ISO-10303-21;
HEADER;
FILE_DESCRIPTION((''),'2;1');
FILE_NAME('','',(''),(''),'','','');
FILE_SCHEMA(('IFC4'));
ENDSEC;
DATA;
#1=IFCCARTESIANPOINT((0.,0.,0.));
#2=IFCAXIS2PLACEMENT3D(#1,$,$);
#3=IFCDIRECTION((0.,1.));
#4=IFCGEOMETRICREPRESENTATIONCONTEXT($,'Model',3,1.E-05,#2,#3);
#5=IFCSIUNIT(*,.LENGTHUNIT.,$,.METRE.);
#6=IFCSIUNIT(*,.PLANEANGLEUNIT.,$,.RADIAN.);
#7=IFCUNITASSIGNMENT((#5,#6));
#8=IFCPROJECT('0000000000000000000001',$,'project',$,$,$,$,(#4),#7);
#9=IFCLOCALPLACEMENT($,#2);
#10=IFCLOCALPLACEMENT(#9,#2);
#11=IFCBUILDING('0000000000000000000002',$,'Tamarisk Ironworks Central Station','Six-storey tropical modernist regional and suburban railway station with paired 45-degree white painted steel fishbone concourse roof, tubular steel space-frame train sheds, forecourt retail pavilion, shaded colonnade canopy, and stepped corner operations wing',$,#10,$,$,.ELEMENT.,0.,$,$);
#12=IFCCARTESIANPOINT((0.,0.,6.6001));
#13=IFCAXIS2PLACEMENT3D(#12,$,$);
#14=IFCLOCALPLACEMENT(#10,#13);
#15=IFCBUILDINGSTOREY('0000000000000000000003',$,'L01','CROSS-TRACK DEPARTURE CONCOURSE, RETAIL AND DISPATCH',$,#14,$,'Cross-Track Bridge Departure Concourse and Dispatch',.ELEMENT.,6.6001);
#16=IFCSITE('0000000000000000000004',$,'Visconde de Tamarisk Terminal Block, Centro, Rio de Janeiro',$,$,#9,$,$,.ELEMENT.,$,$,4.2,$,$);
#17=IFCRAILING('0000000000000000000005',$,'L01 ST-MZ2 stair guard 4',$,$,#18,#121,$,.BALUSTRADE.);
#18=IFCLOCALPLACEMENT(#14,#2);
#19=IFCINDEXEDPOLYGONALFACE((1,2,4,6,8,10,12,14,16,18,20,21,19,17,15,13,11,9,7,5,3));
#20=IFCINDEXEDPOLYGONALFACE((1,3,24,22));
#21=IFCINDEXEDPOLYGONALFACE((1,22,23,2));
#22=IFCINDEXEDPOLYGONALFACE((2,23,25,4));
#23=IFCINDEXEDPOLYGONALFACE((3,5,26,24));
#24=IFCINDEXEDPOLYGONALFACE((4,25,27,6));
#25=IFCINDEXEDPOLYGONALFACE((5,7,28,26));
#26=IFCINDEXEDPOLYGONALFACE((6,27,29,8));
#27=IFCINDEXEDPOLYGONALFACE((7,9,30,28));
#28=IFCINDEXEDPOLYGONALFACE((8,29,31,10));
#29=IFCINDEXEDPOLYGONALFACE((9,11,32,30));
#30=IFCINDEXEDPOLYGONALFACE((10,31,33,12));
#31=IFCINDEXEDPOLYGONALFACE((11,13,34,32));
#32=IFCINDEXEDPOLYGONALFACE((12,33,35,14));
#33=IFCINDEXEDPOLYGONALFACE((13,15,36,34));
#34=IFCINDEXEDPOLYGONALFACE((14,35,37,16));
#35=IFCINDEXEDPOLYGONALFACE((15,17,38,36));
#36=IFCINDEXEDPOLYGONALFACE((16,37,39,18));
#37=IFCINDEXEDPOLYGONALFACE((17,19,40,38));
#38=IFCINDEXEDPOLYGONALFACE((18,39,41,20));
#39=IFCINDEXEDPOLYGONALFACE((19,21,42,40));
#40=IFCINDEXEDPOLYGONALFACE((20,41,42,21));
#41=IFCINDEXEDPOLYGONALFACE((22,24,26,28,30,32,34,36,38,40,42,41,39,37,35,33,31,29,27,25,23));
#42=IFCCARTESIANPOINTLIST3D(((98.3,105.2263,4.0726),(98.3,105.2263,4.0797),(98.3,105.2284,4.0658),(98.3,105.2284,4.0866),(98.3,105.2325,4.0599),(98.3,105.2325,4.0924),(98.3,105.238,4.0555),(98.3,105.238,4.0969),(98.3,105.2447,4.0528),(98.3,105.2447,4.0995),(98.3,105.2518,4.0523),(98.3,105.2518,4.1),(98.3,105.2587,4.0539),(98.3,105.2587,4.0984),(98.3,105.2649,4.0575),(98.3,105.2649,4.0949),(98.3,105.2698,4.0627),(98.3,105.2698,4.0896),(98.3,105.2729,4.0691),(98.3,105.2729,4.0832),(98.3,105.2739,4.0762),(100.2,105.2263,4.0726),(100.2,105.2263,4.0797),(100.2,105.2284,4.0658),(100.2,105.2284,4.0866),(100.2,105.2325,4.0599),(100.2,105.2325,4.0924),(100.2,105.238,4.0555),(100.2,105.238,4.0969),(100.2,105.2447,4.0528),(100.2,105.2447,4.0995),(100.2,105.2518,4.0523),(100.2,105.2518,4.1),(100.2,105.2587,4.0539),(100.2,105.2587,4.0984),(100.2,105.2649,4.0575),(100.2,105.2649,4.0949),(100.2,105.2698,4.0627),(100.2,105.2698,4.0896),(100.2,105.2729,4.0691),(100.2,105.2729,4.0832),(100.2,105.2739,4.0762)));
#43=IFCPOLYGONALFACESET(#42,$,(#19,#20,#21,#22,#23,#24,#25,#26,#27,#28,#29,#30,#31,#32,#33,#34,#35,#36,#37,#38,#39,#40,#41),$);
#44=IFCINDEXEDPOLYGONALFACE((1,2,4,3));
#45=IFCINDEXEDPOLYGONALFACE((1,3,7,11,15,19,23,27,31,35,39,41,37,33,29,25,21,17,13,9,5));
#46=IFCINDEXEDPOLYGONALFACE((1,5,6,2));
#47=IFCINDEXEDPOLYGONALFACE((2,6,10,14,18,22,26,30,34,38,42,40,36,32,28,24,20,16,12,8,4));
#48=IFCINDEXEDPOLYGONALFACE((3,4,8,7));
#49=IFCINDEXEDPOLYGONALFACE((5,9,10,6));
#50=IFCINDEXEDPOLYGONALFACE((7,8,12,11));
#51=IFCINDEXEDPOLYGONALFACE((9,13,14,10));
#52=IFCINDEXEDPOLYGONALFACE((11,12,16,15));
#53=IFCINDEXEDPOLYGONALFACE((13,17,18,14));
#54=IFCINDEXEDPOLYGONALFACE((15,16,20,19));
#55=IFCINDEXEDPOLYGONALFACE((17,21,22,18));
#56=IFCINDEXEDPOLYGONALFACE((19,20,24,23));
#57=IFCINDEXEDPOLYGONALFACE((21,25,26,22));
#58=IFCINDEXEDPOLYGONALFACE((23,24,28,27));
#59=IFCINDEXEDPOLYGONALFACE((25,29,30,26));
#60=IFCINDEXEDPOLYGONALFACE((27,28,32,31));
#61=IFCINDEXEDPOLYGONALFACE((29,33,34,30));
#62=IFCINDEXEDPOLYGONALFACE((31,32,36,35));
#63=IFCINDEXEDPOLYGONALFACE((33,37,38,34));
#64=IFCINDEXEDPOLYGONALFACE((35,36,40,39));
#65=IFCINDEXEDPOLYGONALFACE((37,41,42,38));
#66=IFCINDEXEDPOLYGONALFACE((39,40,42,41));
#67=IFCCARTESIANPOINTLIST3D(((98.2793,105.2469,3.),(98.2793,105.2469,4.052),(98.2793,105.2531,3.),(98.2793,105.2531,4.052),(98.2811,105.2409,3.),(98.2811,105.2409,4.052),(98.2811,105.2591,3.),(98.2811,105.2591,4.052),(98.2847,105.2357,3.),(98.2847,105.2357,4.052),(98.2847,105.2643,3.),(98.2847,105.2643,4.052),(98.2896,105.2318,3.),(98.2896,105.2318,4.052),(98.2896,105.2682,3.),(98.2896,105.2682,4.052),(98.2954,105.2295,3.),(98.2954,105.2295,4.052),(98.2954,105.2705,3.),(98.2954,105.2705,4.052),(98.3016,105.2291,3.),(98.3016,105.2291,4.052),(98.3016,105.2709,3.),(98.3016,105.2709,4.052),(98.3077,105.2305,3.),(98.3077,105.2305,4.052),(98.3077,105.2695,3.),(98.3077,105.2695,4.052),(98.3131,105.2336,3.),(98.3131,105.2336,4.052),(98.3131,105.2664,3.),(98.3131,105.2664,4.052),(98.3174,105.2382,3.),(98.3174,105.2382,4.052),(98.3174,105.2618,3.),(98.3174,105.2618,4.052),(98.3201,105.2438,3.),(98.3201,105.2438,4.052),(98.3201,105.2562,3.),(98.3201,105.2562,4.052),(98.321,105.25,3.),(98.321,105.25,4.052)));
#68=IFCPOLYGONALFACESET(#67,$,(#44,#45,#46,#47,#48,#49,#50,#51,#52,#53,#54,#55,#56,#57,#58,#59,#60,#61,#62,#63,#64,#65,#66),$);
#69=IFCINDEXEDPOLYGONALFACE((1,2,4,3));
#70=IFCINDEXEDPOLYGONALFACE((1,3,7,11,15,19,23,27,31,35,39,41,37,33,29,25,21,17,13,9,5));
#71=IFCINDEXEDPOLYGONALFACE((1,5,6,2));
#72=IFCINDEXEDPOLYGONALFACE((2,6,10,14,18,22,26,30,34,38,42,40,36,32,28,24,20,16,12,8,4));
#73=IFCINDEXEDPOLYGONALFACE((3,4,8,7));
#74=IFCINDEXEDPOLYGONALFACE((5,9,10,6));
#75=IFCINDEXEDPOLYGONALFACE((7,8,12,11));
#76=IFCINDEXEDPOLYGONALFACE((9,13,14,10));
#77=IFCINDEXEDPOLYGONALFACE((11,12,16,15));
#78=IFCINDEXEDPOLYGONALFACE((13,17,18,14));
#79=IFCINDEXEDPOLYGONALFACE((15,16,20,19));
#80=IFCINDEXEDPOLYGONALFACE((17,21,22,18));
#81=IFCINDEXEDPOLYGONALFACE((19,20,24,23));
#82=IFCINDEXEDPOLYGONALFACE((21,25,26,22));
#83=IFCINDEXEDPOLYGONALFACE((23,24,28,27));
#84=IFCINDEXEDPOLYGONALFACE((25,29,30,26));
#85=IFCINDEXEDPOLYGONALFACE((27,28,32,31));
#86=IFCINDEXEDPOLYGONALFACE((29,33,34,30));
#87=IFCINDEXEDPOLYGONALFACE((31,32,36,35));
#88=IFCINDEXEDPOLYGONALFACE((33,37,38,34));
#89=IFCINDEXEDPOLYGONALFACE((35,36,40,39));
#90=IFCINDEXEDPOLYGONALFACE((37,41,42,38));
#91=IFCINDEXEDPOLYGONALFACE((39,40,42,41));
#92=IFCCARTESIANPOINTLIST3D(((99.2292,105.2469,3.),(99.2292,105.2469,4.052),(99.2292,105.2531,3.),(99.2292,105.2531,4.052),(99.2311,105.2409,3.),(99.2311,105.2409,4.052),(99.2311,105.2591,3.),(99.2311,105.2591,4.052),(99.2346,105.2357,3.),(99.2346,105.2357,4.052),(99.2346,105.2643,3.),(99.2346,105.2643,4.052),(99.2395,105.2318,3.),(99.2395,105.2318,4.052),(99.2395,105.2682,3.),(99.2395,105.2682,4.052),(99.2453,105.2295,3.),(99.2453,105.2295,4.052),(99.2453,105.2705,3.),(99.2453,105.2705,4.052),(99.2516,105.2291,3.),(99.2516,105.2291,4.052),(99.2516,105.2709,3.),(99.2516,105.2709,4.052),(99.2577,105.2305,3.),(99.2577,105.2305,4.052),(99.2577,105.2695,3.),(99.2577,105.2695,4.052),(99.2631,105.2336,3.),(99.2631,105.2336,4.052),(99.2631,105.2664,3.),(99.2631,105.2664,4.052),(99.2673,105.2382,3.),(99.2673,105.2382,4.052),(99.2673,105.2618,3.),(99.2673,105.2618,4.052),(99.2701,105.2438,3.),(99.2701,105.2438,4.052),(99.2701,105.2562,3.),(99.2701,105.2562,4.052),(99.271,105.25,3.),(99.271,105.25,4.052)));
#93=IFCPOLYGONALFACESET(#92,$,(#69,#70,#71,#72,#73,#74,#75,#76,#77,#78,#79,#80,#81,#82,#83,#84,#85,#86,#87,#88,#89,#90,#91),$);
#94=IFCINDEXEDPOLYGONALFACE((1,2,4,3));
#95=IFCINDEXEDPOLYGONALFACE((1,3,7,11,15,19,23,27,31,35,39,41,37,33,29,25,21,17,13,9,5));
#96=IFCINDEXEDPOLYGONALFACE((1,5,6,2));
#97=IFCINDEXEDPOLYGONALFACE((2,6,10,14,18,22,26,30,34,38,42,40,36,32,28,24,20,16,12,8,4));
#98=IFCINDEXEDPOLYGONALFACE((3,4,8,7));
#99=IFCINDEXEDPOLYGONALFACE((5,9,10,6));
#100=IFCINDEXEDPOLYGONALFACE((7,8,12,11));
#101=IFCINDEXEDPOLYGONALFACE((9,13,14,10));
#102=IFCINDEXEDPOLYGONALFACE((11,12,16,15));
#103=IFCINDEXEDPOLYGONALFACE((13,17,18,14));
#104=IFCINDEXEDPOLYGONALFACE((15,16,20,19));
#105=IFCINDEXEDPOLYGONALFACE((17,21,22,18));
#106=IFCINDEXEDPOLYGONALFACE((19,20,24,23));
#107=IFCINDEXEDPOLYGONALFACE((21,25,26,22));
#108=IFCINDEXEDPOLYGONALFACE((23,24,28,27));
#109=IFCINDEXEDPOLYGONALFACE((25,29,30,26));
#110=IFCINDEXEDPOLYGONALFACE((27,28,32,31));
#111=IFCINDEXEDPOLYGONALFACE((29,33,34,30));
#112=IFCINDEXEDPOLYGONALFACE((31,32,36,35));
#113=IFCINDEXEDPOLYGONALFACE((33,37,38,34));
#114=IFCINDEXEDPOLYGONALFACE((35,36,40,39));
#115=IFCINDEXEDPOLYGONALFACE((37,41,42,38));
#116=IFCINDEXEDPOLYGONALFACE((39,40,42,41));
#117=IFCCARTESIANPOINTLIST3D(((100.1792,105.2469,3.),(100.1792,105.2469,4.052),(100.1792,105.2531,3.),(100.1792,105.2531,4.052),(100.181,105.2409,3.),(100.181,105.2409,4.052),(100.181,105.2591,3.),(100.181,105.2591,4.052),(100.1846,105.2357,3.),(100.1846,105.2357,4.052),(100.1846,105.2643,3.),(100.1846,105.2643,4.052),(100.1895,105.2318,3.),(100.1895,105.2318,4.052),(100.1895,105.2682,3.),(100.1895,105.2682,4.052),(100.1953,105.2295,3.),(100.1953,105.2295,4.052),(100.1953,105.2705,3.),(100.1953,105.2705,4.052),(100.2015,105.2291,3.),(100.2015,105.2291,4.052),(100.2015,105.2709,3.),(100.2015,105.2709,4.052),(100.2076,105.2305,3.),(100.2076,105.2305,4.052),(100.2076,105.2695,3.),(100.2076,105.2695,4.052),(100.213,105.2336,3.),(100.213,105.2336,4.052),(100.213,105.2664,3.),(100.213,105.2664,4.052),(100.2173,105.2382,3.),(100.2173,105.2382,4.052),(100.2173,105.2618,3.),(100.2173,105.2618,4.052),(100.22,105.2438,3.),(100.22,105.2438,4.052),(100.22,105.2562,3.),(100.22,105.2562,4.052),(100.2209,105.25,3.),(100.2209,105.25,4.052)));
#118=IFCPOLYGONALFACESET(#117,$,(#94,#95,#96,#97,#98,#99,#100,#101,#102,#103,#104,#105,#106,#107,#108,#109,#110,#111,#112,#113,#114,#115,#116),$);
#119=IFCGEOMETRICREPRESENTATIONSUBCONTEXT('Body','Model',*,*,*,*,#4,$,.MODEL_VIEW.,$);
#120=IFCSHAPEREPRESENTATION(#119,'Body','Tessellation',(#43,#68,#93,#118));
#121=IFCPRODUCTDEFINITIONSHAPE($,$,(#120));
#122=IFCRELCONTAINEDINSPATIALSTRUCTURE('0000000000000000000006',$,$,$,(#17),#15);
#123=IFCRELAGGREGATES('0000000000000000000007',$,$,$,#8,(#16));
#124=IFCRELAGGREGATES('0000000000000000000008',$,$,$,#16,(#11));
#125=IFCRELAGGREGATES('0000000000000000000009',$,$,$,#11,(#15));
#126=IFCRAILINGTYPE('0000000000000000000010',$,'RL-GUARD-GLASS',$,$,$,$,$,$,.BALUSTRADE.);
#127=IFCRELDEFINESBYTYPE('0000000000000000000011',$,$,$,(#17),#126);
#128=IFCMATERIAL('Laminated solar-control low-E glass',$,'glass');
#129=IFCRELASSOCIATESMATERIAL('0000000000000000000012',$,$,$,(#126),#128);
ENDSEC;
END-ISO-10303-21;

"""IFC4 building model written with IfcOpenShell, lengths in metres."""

from ifc_helpers import new_model, si_unit, direction, frame, origin, origin_2d, place, context, subcontext, project, spatial, circle, extrude, material, type_object, element, save


model = new_model("IFC4")

# Units and contexts
model_context = context("Model", 3, precision=1e-05, world=origin(), true_north=direction((0.0, 1.0)))
body_context = subcontext(model_context, "Body", "Model", "MODEL_VIEW")
ifc_project = project(units=[si_unit("LENGTHUNIT", "METRE"), si_unit("PLANEANGLEUNIT", "RADIAN")], contexts=[model_context])

# Site, building, storey
site_placement = place(None, origin())
site = spatial("IfcSite", under=ifc_project, at=site_placement, Name="Visconde de Tamarisk Terminal Block, Centro, Rio de Janeiro", CompositionType="ELEMENT", RefElevation=4.2)
building_placement = place(site_placement, origin())
building = spatial("IfcBuilding", under=site, at=building_placement, Name="Tamarisk Ironworks Central Station", Description="Six-storey tropical modernist regional and suburban railway station with paired 45-degree white painted steel fishbone concourse roof, tubular steel space-frame train sheds, forecourt retail pavilion, shaded colonnade canopy, and stepped corner operations wing", CompositionType="ELEMENT", ElevationOfRefHeight=0.0)
storey_placement = place(building_placement, frame((0.0, 0.0, 6.6001)))
storey = spatial("IfcBuildingStorey", under=building, at=storey_placement, Name="L01", Description="CROSS-TRACK DEPARTURE CONCOURSE, RETAIL AND DISPATCH", LongName="Cross-Track Bridge Departure Concourse and Dispatch", CompositionType="ELEMENT", Elevation=6.6001)

# Shared definitions
ifc_material_1 = material(Name="Laminated solar-control low-E glass", Category="glass")

# Railing
railing_type_1 = type_object("IfcRailingType", Name="RL-GUARD-GLASS", PredefinedType="BALUSTRADE", material=ifc_material_1)
railing_1_placement = place(storey_placement, frame((98.3, 105.25, 3.0)))
element("IfcRailing", 1, at=railing_1_placement, inside=storey, type_object=railing_type_1, Name="L01 ST-MZ2 stair guard 4", PredefinedType="BALUSTRADE", context=body_context, shape_type="SweptSolid", body=[
    extrude(circle(Radius=0.0239, at=origin_2d()), frame((0.0, 0.0, 1.0762), z_axis=(1.0, 0.0, 0.0), x_axis=(0.0, 1.0, 0.0)), (0.0, 0.0, 1.0), 1.8999),
    extrude(circle(Radius=0.021, at=origin_2d()), origin(), (0.0, 0.0, 1.0), 1.052),
    extrude(circle(Radius=0.021, at=origin_2d()), frame((0.95, 0.0, 0.0)), (0.0, 0.0, 1.0), 1.052),
    extrude(circle(Radius=0.021, at=origin_2d()), frame((1.8999, 0.0, 0.0)), (0.0, 0.0, 1.0), 1.052),
])

save(model, "model.ifc")
